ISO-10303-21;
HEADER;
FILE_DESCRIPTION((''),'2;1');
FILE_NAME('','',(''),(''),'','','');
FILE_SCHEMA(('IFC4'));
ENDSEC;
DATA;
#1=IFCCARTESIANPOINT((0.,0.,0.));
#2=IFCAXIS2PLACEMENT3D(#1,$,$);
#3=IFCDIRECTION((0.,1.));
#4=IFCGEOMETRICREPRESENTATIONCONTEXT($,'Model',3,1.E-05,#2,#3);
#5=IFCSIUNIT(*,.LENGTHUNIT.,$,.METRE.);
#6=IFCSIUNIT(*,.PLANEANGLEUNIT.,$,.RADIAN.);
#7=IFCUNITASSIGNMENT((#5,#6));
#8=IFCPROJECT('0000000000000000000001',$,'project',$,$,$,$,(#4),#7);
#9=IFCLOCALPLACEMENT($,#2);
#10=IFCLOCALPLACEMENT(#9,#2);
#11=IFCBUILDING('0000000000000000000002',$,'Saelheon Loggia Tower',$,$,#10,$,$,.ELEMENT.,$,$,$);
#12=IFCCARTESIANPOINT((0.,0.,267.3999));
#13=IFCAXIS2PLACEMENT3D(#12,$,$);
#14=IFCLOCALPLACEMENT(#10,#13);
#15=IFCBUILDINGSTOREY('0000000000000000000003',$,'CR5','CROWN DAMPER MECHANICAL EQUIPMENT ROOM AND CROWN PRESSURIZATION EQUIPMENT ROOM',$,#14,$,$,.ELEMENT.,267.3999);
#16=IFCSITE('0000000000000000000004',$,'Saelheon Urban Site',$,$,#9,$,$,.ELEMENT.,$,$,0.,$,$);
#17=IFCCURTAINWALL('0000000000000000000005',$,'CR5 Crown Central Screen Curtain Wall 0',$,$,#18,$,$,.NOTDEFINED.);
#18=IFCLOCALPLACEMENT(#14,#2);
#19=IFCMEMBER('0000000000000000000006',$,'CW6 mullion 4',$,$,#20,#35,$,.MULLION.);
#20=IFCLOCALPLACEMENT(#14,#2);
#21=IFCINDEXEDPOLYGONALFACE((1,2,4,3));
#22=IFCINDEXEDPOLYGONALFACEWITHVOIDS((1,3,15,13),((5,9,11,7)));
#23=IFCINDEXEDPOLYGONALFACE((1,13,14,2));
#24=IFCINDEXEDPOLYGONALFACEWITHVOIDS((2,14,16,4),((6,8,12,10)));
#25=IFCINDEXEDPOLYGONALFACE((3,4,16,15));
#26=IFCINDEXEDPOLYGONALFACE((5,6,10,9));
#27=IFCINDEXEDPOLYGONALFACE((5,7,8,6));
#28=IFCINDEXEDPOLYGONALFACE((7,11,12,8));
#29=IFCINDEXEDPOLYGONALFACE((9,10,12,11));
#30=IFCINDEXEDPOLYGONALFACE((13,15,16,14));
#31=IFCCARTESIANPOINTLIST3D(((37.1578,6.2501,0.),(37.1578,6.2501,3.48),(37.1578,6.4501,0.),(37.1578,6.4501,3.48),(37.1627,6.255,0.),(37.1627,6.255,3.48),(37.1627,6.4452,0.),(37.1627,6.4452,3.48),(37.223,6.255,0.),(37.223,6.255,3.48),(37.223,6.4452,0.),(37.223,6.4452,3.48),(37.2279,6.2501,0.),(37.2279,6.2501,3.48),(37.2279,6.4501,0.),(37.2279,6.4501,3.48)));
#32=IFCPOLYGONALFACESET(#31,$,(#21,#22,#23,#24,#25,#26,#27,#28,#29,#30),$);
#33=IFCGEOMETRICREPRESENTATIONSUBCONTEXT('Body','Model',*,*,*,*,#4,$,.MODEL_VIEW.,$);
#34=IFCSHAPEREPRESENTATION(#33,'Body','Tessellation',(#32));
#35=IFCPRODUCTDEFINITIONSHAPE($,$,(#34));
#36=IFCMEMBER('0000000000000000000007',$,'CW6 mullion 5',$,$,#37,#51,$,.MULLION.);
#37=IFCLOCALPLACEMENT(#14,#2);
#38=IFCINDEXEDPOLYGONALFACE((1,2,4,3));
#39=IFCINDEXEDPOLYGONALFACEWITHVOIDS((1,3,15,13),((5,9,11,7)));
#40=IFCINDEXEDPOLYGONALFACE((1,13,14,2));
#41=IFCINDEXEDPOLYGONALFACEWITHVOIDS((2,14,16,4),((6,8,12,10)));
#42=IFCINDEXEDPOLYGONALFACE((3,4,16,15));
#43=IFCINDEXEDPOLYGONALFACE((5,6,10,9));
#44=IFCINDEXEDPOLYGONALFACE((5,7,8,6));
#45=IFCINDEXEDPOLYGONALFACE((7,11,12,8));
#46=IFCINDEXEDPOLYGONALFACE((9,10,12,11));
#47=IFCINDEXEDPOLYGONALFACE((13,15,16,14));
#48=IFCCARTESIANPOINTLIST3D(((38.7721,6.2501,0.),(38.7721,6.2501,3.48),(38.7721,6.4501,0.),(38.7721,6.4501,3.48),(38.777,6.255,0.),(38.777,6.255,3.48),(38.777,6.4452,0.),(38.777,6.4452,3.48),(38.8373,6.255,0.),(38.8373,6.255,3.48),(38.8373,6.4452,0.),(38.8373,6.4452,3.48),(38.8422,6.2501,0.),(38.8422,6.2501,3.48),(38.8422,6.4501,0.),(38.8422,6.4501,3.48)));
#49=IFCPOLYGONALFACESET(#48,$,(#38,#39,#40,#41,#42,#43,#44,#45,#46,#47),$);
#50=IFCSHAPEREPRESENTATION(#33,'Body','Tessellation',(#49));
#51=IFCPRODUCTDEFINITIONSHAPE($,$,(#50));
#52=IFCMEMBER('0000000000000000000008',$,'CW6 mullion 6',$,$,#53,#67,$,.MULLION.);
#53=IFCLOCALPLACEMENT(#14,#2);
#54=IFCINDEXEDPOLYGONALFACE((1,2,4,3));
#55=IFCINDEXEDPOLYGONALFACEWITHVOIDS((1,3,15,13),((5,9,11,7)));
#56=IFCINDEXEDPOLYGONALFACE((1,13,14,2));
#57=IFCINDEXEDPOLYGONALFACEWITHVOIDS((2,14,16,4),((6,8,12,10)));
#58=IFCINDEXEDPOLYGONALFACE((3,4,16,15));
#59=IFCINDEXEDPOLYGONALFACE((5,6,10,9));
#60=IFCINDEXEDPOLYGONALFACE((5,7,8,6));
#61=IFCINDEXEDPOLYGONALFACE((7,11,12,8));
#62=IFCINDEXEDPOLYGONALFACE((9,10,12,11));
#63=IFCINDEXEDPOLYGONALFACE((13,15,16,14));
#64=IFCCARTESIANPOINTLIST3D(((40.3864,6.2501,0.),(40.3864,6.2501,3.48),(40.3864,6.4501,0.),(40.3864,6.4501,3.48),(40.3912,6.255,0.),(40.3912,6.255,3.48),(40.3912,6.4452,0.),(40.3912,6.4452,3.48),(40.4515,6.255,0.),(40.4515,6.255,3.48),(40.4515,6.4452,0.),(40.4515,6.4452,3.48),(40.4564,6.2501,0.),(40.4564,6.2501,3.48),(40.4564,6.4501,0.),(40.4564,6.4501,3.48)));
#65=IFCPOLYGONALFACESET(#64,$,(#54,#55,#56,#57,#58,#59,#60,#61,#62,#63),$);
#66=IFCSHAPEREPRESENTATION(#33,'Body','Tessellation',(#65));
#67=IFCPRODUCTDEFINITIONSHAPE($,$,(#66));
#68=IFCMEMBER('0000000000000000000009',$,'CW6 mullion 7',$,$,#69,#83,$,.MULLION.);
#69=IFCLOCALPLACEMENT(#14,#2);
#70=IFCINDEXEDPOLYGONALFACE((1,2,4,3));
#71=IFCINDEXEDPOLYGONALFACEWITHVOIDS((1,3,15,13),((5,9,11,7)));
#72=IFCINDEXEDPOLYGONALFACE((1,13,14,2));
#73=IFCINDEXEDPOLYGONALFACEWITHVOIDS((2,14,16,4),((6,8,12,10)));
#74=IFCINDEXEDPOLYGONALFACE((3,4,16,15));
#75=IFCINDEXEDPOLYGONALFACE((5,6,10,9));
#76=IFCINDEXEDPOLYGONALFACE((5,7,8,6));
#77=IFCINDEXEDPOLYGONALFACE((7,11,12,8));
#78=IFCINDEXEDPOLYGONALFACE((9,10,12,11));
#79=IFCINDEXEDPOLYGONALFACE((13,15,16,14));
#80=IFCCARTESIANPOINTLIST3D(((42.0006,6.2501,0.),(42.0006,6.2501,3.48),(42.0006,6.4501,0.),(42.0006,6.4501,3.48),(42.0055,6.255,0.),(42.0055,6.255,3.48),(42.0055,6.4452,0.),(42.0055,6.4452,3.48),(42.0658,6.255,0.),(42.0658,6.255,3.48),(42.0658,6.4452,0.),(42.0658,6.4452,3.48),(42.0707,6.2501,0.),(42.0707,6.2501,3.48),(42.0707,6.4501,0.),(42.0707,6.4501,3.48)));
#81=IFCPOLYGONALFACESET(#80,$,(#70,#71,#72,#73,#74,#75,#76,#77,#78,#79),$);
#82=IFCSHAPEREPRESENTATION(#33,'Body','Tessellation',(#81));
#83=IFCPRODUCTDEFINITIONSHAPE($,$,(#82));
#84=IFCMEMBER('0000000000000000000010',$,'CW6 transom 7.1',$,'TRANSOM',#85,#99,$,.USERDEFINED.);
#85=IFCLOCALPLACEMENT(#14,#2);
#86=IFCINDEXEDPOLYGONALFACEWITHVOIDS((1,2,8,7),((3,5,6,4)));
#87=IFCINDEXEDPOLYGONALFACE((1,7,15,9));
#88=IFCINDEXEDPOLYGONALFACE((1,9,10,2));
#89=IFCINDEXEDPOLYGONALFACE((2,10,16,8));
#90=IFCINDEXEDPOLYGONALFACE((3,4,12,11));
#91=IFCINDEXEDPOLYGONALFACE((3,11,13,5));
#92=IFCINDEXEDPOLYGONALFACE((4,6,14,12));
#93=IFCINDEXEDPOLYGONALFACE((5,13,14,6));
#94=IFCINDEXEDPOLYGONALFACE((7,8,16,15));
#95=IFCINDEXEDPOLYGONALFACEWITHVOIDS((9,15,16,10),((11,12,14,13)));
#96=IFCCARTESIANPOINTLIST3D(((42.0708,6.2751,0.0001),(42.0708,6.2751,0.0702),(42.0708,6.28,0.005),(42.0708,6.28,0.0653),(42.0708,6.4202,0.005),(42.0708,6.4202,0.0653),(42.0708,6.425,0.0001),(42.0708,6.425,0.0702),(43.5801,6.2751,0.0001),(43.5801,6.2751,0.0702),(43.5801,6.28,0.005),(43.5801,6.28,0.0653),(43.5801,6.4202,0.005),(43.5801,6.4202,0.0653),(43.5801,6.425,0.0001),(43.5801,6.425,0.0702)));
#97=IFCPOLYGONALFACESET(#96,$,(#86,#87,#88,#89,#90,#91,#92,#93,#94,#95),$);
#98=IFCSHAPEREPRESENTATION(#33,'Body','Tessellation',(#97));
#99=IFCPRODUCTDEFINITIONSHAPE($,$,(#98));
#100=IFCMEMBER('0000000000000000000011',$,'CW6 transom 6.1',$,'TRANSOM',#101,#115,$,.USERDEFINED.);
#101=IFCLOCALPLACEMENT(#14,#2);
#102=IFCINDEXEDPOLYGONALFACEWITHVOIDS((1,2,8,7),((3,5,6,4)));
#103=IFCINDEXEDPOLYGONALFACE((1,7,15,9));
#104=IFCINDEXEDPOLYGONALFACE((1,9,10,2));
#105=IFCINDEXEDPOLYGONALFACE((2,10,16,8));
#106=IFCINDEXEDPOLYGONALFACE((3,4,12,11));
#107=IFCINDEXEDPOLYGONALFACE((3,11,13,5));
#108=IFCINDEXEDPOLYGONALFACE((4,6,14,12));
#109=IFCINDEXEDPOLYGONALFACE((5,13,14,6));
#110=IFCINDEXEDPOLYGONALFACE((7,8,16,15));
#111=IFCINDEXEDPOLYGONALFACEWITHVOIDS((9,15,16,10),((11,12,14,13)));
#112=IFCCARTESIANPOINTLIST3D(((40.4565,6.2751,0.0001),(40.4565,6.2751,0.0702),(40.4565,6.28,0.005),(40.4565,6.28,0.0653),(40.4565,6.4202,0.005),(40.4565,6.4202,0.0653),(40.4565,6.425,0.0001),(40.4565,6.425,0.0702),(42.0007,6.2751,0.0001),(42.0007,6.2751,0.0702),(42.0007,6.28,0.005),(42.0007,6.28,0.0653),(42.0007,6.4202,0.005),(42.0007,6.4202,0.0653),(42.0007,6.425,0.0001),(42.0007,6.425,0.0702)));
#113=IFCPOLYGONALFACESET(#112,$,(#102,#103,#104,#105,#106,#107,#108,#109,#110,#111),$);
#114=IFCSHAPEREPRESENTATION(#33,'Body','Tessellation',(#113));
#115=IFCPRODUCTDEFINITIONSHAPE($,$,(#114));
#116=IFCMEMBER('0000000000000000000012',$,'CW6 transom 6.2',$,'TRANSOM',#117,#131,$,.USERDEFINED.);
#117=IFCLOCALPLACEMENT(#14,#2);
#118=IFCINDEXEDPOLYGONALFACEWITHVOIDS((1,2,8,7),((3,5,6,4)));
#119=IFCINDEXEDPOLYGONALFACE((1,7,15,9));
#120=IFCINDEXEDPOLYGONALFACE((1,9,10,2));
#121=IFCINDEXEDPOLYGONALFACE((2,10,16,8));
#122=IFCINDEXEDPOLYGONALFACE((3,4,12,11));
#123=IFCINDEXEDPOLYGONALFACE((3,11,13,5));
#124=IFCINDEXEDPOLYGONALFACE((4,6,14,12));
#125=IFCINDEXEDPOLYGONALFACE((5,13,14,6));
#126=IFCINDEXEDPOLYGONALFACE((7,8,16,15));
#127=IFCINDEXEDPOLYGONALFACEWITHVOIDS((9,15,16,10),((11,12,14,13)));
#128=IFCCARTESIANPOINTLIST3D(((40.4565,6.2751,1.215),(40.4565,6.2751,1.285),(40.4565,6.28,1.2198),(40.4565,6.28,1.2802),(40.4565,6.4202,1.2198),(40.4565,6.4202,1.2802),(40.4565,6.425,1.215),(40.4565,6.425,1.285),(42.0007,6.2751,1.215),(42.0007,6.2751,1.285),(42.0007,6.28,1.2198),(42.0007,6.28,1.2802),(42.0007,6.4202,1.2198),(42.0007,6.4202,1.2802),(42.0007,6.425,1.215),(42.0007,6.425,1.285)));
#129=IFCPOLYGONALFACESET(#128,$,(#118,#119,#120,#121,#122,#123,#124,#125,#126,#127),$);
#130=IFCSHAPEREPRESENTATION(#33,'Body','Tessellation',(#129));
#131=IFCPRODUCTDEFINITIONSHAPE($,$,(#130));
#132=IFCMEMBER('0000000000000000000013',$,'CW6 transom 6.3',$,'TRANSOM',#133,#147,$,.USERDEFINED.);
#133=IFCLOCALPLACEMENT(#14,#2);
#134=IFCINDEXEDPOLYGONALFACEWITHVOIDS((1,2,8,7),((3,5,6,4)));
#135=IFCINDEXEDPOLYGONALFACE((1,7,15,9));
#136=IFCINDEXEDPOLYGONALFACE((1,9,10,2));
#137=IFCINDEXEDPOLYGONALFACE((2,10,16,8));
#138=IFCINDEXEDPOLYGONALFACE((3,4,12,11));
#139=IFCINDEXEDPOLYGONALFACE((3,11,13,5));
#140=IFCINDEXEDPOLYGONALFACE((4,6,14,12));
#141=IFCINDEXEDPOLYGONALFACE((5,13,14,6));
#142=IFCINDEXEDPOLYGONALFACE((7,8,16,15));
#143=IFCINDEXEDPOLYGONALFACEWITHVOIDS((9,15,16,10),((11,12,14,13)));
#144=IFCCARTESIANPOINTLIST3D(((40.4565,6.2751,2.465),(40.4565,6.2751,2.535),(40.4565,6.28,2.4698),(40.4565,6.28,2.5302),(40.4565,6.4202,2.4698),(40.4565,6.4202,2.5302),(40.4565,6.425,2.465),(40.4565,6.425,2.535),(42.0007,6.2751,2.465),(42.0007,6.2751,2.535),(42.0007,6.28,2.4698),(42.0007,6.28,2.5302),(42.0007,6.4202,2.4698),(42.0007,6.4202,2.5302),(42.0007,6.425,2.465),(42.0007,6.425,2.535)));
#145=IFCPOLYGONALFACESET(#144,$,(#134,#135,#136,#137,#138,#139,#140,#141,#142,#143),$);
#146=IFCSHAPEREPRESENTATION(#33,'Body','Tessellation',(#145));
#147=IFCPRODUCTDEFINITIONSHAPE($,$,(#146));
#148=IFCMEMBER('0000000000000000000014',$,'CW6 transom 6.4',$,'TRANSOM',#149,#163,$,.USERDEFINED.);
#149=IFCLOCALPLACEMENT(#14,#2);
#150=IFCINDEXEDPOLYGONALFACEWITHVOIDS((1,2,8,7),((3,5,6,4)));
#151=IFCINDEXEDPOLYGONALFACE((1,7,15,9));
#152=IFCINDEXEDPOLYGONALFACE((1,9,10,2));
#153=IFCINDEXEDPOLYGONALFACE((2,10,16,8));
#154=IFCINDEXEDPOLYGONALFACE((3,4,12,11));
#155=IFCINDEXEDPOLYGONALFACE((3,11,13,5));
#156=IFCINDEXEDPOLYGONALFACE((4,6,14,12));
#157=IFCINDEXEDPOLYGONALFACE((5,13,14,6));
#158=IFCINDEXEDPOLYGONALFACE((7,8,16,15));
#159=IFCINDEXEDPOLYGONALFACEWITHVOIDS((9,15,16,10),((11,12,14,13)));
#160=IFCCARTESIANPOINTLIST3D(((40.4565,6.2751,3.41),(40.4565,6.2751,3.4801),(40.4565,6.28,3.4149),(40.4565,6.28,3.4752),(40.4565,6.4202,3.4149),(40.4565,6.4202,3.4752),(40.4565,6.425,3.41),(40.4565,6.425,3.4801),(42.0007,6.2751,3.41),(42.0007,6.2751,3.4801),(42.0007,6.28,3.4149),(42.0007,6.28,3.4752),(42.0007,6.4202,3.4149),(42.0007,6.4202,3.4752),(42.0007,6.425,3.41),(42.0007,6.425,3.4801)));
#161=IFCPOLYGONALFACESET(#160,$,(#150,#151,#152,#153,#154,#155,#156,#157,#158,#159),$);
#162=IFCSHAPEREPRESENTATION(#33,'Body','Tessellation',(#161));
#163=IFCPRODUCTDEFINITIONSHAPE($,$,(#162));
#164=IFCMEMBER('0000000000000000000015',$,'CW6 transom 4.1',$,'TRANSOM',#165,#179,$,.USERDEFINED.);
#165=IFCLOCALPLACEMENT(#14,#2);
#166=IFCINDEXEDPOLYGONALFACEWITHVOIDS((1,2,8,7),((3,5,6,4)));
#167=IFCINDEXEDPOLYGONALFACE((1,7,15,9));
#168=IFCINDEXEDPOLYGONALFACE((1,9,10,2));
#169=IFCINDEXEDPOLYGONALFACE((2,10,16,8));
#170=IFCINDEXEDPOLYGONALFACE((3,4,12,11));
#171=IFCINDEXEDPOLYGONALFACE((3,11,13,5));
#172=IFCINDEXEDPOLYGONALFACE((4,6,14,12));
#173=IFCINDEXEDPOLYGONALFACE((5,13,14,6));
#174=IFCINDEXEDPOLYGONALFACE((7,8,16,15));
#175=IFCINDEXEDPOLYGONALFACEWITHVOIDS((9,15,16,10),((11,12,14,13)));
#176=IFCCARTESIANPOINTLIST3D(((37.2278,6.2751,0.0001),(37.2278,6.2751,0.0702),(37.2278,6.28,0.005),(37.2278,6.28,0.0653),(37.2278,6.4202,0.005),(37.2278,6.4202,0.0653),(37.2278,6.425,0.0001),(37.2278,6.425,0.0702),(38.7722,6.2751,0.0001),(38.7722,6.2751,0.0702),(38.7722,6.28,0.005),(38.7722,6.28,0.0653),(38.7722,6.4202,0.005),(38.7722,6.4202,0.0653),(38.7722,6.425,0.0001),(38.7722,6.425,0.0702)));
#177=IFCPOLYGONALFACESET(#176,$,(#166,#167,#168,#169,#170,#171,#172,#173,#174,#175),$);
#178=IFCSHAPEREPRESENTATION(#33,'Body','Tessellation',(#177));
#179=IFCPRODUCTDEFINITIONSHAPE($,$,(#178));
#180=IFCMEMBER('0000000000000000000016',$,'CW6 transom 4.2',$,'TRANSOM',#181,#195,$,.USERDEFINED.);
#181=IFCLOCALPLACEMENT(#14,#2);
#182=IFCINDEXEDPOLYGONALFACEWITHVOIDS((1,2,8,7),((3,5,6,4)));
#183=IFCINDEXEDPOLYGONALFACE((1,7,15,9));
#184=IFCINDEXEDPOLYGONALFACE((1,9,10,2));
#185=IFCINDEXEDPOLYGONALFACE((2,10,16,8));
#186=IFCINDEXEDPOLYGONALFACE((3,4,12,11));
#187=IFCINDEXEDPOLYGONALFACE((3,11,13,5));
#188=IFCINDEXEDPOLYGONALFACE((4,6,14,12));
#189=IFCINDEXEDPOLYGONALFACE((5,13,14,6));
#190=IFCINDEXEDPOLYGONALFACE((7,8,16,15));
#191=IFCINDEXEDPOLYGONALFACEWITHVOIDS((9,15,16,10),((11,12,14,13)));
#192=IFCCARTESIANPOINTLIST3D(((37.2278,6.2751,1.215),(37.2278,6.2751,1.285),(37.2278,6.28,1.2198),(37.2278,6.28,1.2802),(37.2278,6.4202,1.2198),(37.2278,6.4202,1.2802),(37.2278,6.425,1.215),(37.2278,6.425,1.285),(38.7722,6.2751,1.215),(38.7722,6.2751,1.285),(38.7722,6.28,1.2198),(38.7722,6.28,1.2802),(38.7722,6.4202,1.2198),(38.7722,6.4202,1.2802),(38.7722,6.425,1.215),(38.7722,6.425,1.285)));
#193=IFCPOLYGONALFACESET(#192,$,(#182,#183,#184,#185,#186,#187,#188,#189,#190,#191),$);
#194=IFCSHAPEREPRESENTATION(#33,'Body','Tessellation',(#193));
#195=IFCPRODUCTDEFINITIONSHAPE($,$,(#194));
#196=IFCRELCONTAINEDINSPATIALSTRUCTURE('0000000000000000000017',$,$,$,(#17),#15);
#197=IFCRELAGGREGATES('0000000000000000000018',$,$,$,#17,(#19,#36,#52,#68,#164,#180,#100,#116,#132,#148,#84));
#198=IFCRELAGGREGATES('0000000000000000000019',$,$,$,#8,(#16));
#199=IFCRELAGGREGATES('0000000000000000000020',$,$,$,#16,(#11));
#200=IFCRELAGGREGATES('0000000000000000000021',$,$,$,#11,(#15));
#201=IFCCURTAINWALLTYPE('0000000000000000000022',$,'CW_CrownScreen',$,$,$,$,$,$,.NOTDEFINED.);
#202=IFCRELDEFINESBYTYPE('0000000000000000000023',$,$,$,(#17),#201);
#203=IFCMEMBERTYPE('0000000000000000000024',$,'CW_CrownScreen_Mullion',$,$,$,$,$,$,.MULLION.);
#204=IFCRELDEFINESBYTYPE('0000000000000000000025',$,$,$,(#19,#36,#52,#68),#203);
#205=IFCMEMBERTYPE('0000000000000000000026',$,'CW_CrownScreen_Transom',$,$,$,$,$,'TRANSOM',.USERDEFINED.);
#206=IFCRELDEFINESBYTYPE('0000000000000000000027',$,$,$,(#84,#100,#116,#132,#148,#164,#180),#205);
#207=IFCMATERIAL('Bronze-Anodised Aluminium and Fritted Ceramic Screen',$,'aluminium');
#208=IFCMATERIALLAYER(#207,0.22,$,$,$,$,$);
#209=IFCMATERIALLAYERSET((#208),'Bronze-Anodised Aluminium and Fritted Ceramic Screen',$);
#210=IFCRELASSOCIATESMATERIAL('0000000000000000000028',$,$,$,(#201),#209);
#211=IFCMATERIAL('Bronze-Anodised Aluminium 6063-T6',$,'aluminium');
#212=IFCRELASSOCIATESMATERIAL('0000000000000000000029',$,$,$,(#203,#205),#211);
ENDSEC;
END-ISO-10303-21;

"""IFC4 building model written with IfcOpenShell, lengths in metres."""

from ifc_helpers import new_model, si_unit, direction, frame, origin, origin_2d, place, context, subcontext, project, spatial, hollow_rectangle, extrude, source, transform, mapped, material, layer, layer_set, material_profile, profile_set, type_object, element, aggregate, save


model = new_model("IFC4")

# Units and contexts
model_context = context("Model", 3, precision=1e-05, world=origin(), true_north=direction((0.0, 1.0)))
body_context = subcontext(model_context, "Body", "Model", "MODEL_VIEW")
ifc_project = project(units=[si_unit("LENGTHUNIT", "METRE"), si_unit("PLANEANGLEUNIT", "RADIAN")], contexts=[model_context])

# Site, building, storey
site_placement = place(None, origin())
site = spatial("IfcSite", under=ifc_project, at=site_placement, Name="Saelheon Urban Site", CompositionType="ELEMENT", RefElevation=0.0)
building_placement = place(site_placement, origin())
building = spatial("IfcBuilding", under=site, at=building_placement, Name="Saelheon Loggia Tower", CompositionType="ELEMENT")
storey_placement = place(building_placement, frame((0.0, 0.0, 267.3999)))
storey = spatial("IfcBuildingStorey", under=building, at=storey_placement, Name="CR5", Description="CROWN DAMPER MECHANICAL EQUIPMENT ROOM AND CROWN PRESSURIZATION EQUIPMENT ROOM", CompositionType="ELEMENT", Elevation=267.3999)

# Curtain wall, members
ifc_material_1 = material(Name="Bronze-Anodised Aluminium and Fritted Ceramic Screen", Category="aluminium")
ifc_layer_1 = layer(ifc_material_1, 0.22)
ifc_layer_set_1 = layer_set([ifc_layer_1], Name="Bronze-Anodised Aluminium and Fritted Ceramic Screen")
curtain_wall_type = type_object("IfcCurtainWallType", Name="CW_CrownScreen", PredefinedType="NOTDEFINED", material=ifc_layer_set_1)
curtain_wall_placement = place(storey_placement, origin())
curtain_wall = element("IfcCurtainWall", 1, at=curtain_wall_placement, inside=storey, type_object=curtain_wall_type, Name="CR5 Crown Central Screen Curtain Wall 0", PredefinedType="NOTDEFINED")
ifc_material_2 = material(Name="Bronze-Anodised Aluminium 6063-T6", Category="aluminium")
ifc_material_profile_1 = material_profile(ifc_material_2, hollow_rectangle(XDim=0.0701, YDim=0.2, WallThickness=0.0049, at=origin_2d()), Name="RHS-200x70x5")
ifc_profile_set_1 = profile_set([ifc_material_profile_1], Name="Bronze-Anodised Aluminium 6063-T6")
member_type_1 = type_object("IfcMemberType", Name="CW_CrownScreen_Mullion", PredefinedType="MULLION", material=ifc_profile_set_1)
shared_shape_1 = source(origin(), body_context, "Body", "SweptSolid", [
    extrude(hollow_rectangle(XDim=0.0701, YDim=0.2, WallThickness=0.0049, at=origin_2d()), origin(), (0.0, 0.0, 1.0), 3.48),
])
member_1_placement = place(storey_placement, frame((37.1929, 6.3501, 0.0), z_axis=(0.0, 0.0, 1.0), x_axis=(1.0, 0.0, 0.0)))
member_1 = element("IfcMember", 2, at=member_1_placement, type_object=member_type_1, Name="CW6 mullion 4", PredefinedType="MULLION", context=body_context, shape_type="MappedRepresentation", body=[
    mapped(shared_shape_1, transform((0.0, 0.0, 0.0), scale=1.0)),
])
member_2_placement = place(storey_placement, frame((38.8071, 6.3501, 0.0), z_axis=(0.0, 0.0, 1.0), x_axis=(1.0, 0.0, 0.0)))
member_2 = element("IfcMember", 3, at=member_2_placement, type_object=member_type_1, Name="CW6 mullion 5", PredefinedType="MULLION", context=body_context, shape_type="MappedRepresentation", body=[
    mapped(shared_shape_1, transform((0.0, 0.0, 0.0), scale=1.0)),
])
member_3_placement = place(storey_placement, frame((40.4214, 6.3501, 0.0), z_axis=(0.0, 0.0, 1.0), x_axis=(1.0, 0.0, 0.0)))
member_3 = element("IfcMember", 4, at=member_3_placement, type_object=member_type_1, Name="CW6 mullion 6", PredefinedType="MULLION", context=body_context, shape_type="MappedRepresentation", body=[
    mapped(shared_shape_1, transform((0.0, 0.0, 0.0), scale=1.0)),
])
member_4_placement = place(storey_placement, frame((42.0356, 6.3501, 0.0), z_axis=(0.0, 0.0, 1.0), x_axis=(1.0, 0.0, 0.0)))
member_4 = element("IfcMember", 5, at=member_4_placement, type_object=member_type_1, Name="CW6 mullion 7", PredefinedType="MULLION", context=body_context, shape_type="MappedRepresentation", body=[
    mapped(shared_shape_1, transform((0.0, 0.0, 0.0), scale=1.0)),
])
ifc_material_profile_2 = material_profile(ifc_material_2, hollow_rectangle(XDim=0.0701, YDim=0.1499, WallThickness=0.0049, at=origin_2d()), Name="RHS-150x70x5")
ifc_profile_set_2 = profile_set([ifc_material_profile_2], Name="Bronze-Anodised Aluminium 6063-T6")
member_type_2 = type_object("IfcMemberType", Name="CW_CrownScreen_Transom", ElementType="TRANSOM", PredefinedType="USERDEFINED", material=ifc_profile_set_2)
shared_shape_2 = source(origin(), body_context, "Body", "SweptSolid", [
    extrude(hollow_rectangle(XDim=0.0701, YDim=0.1499, WallThickness=0.0049, at=origin_2d()), origin(), (0.0, 0.0, 1.0), 1.5093),
])
member_5_placement = place(storey_placement, frame((42.0708, 6.3501, 0.0352), z_axis=(1.0, 0.0, 0.0), x_axis=(0.0, 0.0, 1.0)))
member_5 = element("IfcMember", 6, at=member_5_placement, type_object=member_type_2, Name="CW6 transom 7.1", ObjectType="TRANSOM", PredefinedType="USERDEFINED", context=body_context, shape_type="MappedRepresentation", body=[
    mapped(shared_shape_2, transform((0.0, 0.0, 0.0), scale=1.0)),
])
shared_shape_3 = source(origin(), body_context, "Body", "SweptSolid", [
    extrude(hollow_rectangle(XDim=0.0701, YDim=0.1499, WallThickness=0.0049, at=origin_2d()), origin(), (0.0, 0.0, 1.0), 1.5442),
])
member_6_placement = place(storey_placement, frame((40.4565, 6.3501, 0.0352), z_axis=(1.0, 0.0, 0.0), x_axis=(0.0, 0.0, 1.0)))
member_6 = element("IfcMember", 7, at=member_6_placement, type_object=member_type_2, Name="CW6 transom 6.1", ObjectType="TRANSOM", PredefinedType="USERDEFINED", context=body_context, shape_type="MappedRepresentation", body=[
    mapped(shared_shape_3, transform((0.0, 0.0, 0.0), scale=1.0)),
])
member_7_placement = place(storey_placement, frame((40.4565, 6.3501, 1.25), z_axis=(1.0, 0.0, 0.0), x_axis=(0.0, 0.0, 1.0)))
member_7 = element("IfcMember", 8, at=member_7_placement, type_object=member_type_2, Name="CW6 transom 6.2", ObjectType="TRANSOM", PredefinedType="USERDEFINED", context=body_context, shape_type="MappedRepresentation", body=[
    mapped(shared_shape_3, transform((0.0, 0.0, 0.0), scale=1.0)),
])
member_8_placement = place(storey_placement, frame((40.4565, 6.3501, 2.5), z_axis=(1.0, 0.0, 0.0), x_axis=(0.0, 0.0, 1.0)))
member_8 = element("IfcMember", 9, at=member_8_placement, type_object=member_type_2, Name="CW6 transom 6.3", ObjectType="TRANSOM", PredefinedType="USERDEFINED", context=body_context, shape_type="MappedRepresentation", body=[
    mapped(shared_shape_3, transform((0.0, 0.0, 0.0), scale=1.0)),
])
member_9_placement = place(storey_placement, frame((40.4565, 6.3501, 3.4451), z_axis=(1.0, 0.0, 0.0), x_axis=(0.0, 0.0, 1.0)))
member_9 = element("IfcMember", 10, at=member_9_placement, type_object=member_type_2, Name="CW6 transom 6.4", ObjectType="TRANSOM", PredefinedType="USERDEFINED", context=body_context, shape_type="MappedRepresentation", body=[
    mapped(shared_shape_3, transform((0.0, 0.0, 0.0), scale=1.0)),
])
shared_shape_4 = source(origin(), body_context, "Body", "SweptSolid", [
    extrude(hollow_rectangle(XDim=0.0701, YDim=0.1499, WallThickness=0.0049, at=origin_2d()), origin(), (0.0, 0.0, 1.0), 1.5444),
])
member_10_placement = place(storey_placement, frame((37.2278, 6.3501, 0.0352), z_axis=(1.0, 0.0, 0.0), x_axis=(0.0, 0.0, 1.0)))
member_10 = element("IfcMember", 11, at=member_10_placement, type_object=member_type_2, Name="CW6 transom 4.1", ObjectType="TRANSOM", PredefinedType="USERDEFINED", context=body_context, shape_type="MappedRepresentation", body=[
    mapped(shared_shape_4, transform((0.0, 0.0, 0.0), scale=1.0)),
])
member_11_placement = place(storey_placement, frame((37.2278, 6.3501, 1.25), z_axis=(1.0, 0.0, 0.0), x_axis=(0.0, 0.0, 1.0)))
member_11 = element("IfcMember", 12, at=member_11_placement, type_object=member_type_2, Name="CW6 transom 4.2", ObjectType="TRANSOM", PredefinedType="USERDEFINED", context=body_context, shape_type="MappedRepresentation", body=[
    mapped(shared_shape_4, transform((0.0, 0.0, 0.0), scale=1.0)),
])
aggregate(curtain_wall, [member_1, member_2, member_3, member_4, member_10, member_11, member_6, member_7, member_8, member_9, member_5])

save(model, "model.ifc")
